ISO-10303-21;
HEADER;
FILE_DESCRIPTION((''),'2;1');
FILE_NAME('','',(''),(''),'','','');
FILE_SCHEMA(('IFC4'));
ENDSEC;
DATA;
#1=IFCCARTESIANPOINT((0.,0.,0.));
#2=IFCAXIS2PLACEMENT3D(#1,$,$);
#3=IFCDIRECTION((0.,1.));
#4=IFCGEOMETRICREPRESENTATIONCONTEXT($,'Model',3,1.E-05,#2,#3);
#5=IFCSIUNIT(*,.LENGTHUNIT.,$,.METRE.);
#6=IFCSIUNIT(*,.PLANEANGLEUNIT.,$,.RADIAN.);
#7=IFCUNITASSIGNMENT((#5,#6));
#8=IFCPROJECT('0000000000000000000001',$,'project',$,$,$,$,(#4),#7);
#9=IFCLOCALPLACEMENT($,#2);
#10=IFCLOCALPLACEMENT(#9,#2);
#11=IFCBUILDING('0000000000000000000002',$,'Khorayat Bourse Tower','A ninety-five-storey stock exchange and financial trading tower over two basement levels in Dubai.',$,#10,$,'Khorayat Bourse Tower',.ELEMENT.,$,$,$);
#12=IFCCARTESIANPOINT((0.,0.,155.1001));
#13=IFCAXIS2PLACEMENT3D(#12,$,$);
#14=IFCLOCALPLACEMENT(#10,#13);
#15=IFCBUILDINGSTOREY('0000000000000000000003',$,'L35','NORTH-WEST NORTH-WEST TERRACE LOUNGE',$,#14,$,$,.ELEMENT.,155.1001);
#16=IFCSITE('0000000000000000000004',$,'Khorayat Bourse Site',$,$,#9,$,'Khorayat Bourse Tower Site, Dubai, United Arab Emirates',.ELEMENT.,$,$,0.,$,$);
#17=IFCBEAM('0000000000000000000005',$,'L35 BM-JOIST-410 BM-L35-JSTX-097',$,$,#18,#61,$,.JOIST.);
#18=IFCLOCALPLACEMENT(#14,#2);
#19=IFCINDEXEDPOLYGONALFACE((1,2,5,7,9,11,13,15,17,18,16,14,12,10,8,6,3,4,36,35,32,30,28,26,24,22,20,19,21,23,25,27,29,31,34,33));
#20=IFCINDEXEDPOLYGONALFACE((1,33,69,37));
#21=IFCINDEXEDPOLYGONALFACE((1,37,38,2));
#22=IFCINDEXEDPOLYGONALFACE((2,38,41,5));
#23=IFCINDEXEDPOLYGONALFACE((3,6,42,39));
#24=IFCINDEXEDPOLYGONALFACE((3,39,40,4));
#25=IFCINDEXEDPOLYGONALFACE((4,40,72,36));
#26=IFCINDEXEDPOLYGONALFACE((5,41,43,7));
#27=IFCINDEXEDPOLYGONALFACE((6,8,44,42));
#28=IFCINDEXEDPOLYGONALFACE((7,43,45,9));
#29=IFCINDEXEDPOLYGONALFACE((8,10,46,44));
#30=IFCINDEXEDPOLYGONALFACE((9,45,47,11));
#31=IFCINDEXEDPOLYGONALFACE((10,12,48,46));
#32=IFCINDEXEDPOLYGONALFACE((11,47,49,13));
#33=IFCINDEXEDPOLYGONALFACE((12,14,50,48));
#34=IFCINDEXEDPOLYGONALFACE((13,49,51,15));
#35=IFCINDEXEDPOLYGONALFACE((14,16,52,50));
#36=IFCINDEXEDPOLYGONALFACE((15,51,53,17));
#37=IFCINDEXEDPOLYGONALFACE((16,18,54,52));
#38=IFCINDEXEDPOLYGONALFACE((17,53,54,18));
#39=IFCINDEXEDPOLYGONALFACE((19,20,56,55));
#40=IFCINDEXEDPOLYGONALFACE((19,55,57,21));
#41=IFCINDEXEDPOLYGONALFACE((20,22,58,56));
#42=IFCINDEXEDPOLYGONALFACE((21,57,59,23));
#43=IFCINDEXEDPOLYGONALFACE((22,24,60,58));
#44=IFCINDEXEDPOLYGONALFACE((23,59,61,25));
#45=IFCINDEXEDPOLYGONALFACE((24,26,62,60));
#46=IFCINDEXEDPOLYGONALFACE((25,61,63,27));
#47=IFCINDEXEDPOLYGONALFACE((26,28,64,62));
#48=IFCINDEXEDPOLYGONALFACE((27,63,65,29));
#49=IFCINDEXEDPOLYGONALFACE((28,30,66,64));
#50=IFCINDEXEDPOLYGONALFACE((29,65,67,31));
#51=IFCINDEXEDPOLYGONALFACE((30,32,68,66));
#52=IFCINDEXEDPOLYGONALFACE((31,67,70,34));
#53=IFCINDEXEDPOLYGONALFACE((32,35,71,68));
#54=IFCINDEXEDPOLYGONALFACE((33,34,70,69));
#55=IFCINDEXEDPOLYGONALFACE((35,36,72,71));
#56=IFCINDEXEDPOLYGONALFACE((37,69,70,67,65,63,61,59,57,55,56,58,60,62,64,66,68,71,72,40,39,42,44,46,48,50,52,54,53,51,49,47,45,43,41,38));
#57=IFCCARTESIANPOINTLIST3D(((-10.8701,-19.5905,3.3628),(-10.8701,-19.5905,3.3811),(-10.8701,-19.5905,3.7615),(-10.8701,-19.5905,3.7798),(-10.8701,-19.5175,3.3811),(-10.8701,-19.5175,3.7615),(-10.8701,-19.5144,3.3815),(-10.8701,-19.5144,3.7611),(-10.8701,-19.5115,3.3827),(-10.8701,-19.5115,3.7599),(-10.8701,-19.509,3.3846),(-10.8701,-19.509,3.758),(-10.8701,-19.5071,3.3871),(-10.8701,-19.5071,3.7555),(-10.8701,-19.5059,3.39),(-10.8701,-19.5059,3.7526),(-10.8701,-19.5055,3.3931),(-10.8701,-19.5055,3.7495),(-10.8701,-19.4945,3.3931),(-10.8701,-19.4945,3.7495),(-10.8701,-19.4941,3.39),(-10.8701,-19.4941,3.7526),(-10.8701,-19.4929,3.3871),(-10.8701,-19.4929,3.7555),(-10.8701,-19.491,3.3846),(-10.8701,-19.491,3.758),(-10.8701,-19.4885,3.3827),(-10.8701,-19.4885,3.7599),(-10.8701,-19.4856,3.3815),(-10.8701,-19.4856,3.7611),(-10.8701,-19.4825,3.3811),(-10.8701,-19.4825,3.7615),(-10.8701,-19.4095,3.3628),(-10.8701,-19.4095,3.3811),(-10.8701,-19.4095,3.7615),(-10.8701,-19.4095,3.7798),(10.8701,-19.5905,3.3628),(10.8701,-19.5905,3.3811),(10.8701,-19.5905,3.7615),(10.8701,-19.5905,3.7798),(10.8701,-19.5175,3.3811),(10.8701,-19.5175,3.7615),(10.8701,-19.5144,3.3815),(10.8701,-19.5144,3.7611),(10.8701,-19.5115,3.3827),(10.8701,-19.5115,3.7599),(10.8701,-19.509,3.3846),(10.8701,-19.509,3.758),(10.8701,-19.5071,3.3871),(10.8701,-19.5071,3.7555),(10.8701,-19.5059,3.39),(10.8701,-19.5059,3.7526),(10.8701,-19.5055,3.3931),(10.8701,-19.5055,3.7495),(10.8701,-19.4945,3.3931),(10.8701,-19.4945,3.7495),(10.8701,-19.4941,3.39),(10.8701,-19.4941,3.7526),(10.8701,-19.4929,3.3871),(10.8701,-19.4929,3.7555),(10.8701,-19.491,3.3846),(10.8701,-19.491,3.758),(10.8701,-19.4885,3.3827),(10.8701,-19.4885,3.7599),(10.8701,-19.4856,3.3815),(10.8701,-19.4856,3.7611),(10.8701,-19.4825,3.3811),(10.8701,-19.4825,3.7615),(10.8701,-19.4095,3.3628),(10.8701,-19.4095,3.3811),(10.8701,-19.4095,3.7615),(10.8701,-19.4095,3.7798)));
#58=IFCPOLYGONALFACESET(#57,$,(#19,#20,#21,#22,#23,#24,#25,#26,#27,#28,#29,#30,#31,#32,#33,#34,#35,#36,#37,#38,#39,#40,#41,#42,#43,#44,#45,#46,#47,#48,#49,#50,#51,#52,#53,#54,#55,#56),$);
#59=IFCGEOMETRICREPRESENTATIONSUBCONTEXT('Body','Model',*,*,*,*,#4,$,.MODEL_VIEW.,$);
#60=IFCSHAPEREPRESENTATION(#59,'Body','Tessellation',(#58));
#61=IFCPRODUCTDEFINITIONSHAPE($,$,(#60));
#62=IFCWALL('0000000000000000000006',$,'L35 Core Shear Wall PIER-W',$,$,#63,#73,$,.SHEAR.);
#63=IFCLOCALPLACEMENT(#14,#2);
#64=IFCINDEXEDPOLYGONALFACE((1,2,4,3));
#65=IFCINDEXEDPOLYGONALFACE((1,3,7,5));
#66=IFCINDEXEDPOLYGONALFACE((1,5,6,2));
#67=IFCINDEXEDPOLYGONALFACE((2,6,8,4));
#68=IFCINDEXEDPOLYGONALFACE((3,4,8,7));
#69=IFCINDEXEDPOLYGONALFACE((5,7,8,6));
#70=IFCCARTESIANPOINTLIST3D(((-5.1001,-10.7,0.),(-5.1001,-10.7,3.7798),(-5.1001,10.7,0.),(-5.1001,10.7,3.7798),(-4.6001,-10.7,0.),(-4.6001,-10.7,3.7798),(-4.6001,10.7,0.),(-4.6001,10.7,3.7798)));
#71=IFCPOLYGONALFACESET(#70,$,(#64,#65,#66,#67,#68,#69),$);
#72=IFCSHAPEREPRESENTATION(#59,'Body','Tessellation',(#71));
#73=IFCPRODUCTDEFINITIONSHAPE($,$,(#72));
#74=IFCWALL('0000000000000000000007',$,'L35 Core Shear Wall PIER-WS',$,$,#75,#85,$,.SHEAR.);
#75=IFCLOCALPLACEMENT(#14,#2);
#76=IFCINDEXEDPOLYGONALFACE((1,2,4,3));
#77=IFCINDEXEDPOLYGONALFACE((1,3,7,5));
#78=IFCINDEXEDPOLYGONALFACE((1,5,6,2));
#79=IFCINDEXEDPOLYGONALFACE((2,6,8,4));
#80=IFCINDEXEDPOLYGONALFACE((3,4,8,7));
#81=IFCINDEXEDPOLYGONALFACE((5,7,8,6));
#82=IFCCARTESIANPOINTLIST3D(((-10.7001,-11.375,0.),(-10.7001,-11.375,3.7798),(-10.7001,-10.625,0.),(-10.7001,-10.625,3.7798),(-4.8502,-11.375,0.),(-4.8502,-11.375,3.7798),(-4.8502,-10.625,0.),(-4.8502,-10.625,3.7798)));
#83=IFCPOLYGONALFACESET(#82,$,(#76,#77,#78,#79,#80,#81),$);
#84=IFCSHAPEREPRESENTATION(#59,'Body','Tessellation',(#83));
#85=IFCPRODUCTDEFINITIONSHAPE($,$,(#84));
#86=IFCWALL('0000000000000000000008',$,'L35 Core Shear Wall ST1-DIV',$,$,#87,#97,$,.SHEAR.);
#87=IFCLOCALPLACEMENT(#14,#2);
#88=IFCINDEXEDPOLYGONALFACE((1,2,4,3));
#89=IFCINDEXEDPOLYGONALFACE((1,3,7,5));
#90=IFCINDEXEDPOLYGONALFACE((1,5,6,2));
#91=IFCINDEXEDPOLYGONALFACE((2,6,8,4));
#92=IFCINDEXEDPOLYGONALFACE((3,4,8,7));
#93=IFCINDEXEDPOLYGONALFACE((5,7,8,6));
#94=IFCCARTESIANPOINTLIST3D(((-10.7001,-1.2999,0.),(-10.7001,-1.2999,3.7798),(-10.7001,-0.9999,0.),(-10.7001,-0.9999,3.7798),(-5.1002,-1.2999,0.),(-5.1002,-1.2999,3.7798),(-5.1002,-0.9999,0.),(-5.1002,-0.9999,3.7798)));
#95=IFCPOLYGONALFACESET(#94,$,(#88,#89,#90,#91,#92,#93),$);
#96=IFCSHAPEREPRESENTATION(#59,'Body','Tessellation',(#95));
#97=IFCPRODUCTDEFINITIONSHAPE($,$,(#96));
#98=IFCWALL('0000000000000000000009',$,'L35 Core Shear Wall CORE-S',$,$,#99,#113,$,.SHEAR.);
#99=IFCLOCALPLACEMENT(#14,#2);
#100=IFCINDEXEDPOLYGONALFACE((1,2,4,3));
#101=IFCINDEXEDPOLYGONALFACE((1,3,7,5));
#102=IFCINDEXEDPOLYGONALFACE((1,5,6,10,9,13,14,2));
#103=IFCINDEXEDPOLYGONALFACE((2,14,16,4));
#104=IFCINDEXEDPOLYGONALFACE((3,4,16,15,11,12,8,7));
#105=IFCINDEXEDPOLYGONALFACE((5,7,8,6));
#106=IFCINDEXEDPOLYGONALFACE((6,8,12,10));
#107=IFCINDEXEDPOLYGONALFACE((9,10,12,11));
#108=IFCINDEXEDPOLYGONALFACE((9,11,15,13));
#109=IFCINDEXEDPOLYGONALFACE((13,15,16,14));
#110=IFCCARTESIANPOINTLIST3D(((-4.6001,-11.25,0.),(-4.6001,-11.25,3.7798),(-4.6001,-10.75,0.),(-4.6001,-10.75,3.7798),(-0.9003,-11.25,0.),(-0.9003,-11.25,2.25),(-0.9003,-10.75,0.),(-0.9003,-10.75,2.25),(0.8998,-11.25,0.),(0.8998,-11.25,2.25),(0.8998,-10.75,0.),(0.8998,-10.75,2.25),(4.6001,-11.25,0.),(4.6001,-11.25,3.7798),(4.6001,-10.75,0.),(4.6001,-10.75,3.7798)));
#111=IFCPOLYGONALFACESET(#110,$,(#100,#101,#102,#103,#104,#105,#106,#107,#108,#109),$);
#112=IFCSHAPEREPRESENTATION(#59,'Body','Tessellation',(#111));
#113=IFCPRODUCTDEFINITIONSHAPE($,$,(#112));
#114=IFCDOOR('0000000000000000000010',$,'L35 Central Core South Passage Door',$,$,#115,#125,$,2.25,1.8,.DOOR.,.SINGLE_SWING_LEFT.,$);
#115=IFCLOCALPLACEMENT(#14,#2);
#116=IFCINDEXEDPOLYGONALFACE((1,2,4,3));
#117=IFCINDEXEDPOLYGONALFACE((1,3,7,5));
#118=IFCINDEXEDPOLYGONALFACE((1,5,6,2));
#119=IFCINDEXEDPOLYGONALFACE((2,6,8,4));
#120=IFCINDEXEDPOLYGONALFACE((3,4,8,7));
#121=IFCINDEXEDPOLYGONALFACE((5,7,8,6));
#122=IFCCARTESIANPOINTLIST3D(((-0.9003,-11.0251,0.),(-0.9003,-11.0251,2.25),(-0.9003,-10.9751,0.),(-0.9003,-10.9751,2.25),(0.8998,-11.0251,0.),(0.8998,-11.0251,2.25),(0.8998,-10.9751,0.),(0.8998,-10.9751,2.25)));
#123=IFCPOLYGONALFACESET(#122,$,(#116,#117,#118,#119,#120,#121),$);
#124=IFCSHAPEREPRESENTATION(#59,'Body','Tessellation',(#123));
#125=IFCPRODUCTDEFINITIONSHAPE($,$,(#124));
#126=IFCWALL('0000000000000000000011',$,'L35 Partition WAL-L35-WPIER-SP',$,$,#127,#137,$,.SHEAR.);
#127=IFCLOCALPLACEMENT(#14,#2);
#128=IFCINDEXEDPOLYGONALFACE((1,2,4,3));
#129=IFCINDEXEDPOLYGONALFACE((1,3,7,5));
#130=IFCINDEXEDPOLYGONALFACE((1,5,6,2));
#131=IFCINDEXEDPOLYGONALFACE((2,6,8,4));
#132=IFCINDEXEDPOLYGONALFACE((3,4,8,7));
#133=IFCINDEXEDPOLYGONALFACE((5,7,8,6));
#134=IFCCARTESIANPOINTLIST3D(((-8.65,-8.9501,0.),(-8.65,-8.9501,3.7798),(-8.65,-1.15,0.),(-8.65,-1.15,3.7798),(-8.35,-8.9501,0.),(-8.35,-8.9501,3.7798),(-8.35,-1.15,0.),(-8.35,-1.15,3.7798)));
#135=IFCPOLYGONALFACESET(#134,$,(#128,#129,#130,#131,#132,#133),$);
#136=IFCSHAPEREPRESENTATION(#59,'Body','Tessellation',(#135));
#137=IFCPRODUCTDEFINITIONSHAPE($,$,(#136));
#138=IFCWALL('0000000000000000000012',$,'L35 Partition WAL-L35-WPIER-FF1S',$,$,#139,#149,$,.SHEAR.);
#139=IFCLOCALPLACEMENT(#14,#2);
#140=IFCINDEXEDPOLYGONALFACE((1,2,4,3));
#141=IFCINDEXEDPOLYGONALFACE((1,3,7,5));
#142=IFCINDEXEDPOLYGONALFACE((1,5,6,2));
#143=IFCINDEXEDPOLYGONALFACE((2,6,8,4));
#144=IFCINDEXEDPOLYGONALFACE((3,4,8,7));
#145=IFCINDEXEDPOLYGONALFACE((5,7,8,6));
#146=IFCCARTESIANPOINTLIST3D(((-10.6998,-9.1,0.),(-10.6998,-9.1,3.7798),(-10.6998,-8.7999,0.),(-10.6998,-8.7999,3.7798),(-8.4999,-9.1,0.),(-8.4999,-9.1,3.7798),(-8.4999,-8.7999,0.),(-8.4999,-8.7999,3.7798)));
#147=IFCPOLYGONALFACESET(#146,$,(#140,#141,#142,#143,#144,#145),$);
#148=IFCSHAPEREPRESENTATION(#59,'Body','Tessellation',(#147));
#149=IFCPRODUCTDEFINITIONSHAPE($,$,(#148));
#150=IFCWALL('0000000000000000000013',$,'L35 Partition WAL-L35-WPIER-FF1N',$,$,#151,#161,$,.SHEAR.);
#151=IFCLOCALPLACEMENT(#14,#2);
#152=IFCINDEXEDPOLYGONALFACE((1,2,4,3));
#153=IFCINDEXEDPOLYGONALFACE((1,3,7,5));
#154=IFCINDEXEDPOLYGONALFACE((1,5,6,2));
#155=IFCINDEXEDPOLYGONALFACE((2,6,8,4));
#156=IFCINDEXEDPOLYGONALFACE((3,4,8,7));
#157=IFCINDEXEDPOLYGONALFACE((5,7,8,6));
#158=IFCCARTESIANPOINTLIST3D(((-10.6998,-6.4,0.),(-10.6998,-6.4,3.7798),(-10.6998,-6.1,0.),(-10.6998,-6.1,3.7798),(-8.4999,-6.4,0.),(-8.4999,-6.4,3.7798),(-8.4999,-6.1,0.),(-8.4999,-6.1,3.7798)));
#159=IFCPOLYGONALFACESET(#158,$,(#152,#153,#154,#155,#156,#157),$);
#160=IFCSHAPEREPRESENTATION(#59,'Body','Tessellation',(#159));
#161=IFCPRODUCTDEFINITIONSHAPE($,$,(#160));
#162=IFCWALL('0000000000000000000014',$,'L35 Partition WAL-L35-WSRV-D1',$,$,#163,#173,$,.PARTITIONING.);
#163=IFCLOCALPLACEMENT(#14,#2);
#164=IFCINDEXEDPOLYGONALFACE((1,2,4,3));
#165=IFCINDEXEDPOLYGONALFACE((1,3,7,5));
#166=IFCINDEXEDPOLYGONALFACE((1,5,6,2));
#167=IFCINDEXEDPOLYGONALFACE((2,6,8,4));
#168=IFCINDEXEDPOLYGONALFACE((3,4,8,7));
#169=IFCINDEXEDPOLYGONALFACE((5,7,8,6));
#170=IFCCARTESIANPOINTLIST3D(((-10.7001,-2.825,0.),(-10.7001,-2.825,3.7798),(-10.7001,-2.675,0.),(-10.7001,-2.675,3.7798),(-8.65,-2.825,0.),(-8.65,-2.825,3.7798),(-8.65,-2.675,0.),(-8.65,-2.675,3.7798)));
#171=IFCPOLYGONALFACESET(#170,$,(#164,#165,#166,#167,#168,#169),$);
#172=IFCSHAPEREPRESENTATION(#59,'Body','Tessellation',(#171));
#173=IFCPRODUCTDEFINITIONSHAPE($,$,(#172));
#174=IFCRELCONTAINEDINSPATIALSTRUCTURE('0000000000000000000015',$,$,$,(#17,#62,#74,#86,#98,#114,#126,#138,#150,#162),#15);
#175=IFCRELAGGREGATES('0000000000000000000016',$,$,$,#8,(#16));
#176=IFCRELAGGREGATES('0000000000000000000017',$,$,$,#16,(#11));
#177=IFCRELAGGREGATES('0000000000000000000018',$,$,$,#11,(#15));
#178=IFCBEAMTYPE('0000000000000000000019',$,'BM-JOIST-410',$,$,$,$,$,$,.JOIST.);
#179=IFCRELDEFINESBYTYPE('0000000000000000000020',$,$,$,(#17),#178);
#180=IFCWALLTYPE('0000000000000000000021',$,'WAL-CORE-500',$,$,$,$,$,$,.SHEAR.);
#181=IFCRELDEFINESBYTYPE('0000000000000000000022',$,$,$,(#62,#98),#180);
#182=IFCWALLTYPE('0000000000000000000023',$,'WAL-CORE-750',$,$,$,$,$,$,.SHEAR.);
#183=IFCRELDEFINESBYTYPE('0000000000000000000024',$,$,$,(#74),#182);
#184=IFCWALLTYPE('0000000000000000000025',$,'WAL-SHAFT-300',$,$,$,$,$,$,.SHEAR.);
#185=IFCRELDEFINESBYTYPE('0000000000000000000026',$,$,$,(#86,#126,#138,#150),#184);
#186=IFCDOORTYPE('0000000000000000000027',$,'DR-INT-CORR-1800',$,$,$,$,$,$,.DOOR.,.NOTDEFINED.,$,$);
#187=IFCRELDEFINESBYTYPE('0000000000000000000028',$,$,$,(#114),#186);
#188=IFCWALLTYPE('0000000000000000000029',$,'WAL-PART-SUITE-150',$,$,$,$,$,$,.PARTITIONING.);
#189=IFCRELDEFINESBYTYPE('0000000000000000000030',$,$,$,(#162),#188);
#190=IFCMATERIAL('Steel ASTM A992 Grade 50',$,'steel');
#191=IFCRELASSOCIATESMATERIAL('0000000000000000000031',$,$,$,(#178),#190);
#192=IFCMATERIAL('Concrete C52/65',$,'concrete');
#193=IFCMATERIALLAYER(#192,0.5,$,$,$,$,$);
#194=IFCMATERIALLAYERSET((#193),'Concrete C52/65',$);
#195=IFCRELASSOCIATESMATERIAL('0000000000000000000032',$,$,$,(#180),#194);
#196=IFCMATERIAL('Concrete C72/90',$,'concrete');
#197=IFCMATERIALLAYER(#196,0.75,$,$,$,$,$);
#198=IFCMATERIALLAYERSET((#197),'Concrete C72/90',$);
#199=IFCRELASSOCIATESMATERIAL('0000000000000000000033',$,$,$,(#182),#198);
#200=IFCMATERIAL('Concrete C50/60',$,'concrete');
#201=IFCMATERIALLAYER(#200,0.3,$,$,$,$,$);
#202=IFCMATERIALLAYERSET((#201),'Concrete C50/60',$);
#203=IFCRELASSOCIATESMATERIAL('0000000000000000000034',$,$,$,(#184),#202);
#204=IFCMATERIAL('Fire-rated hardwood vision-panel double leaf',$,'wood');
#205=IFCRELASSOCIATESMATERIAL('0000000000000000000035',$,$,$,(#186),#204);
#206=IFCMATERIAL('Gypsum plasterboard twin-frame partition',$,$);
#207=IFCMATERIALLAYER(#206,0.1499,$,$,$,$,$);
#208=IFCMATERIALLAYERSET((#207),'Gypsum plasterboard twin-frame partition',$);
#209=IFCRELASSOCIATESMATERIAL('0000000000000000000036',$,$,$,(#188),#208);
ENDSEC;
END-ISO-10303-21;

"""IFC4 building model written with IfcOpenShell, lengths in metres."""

from ifc_helpers import new_model, si_unit, direction, frame, frame_2d, origin, origin_2d, place, context, subcontext, project, spatial, rectangle, i_section, extrude, source, transform, mapped, material, layer, layer_set, material_profile, profile_set, type_object, element, fill, save


model = new_model("IFC4")

# Units and contexts
model_context = context("Model", 3, precision=1e-05, world=origin(), true_north=direction((0.0, 1.0)))
body_context = subcontext(model_context, "Body", "Model", "MODEL_VIEW")
ifc_project = project(units=[si_unit("LENGTHUNIT", "METRE"), si_unit("PLANEANGLEUNIT", "RADIAN")], contexts=[model_context])

# Site, building, storey
site_placement = place(None, origin())
site = spatial("IfcSite", under=ifc_project, at=site_placement, Name="Khorayat Bourse Site", LongName="Khorayat Bourse Tower Site, Dubai, United Arab Emirates", CompositionType="ELEMENT", RefElevation=0.0)
building_placement = place(site_placement, origin())
building = spatial("IfcBuilding", under=site, at=building_placement, Name="Khorayat Bourse Tower", Description="A ninety-five-storey stock exchange and financial trading tower over two basement levels in Dubai.", LongName="Khorayat Bourse Tower", CompositionType="ELEMENT")
storey_placement = place(building_placement, frame((0.0, 0.0, 155.1001)))
storey = spatial("IfcBuildingStorey", under=building, at=storey_placement, Name="L35", Description="NORTH-WEST NORTH-WEST TERRACE LOUNGE", CompositionType="ELEMENT", Elevation=155.1001)

# Beam
ifc_material_1 = material(Name="Concrete C72/90", Category="concrete")
ifc_material_2 = material(Name="Steel ASTM A992 Grade 50", Category="steel")
ifc_material_profile_1 = material_profile(ifc_material_2, i_section(OverallWidth=0.1809, OverallDepth=0.417, WebThickness=0.011, FlangeThickness=0.0183, FilletRadius=0.012, at=origin_2d()), Name="W410X85")
ifc_profile_set_1 = profile_set([ifc_material_profile_1], Name="Steel ASTM A992 Grade 50")
beam_type_1 = type_object("IfcBeamType", Name="BM-JOIST-410", PredefinedType="JOIST", material=ifc_profile_set_1)
shared_shape_1 = source(origin(), body_context, "Body", "SweptSolid", [
    extrude(i_section(OverallWidth=0.1809, OverallDepth=0.417, WebThickness=0.011, FlangeThickness=0.0183, FilletRadius=0.012, at=origin_2d()), origin(), (0.0, 0.0, 1.0), 21.7402),
])
beam_1_placement = place(storey_placement, frame((-10.8701, -19.5, 3.5713), z_axis=(1.0, 0.0, 0.0), x_axis=(0.0, 1.0, 0.0)))
element("IfcBeam", 1, at=beam_1_placement, inside=storey, type_object=beam_type_1, Name="L35 BM-JOIST-410 BM-L35-JSTX-097", PredefinedType="JOIST", context=body_context, shape_type="MappedRepresentation", body=[
    mapped(shared_shape_1, transform((0.0, 0.0, 0.0), scale=1.0)),
])

# Walls
ifc_material_3 = material(Name="Concrete C52/65", Category="concrete")
ifc_layer_1 = layer(ifc_material_3, 0.5)
ifc_layer_set_1 = layer_set([ifc_layer_1], Name="Concrete C52/65")
wall_type_1 = type_object("IfcWallType", Name="WAL-CORE-500", PredefinedType="SHEAR", material=ifc_layer_set_1)
shared_shape_2 = source(origin(), body_context, "Body", "SweptSolid", [
    extrude(rectangle(XDim=21.3999, YDim=0.5, at=frame_2d((10.7, 0.0))), origin(), (0.0, 0.0, 1.0), 3.7798),
])
wall_1_placement = place(storey_placement, frame((-4.8501, -10.7, 0.0), z_axis=(0.0, 0.0, 1.0), x_axis=(0.0, 1.0, 0.0)))
element("IfcWall", 2, at=wall_1_placement, inside=storey, type_object=wall_type_1, Name="L35 Core Shear Wall PIER-W", PredefinedType="SHEAR", context=body_context, shape_type="MappedRepresentation", body=[
    mapped(shared_shape_2, transform((0.0, 0.0, 0.0), scale=1.0)),
])
ifc_layer_2 = layer(ifc_material_1, 0.75)
ifc_layer_set_2 = layer_set([ifc_layer_2], Name="Concrete C72/90")
wall_type_2 = type_object("IfcWallType", Name="WAL-CORE-750", PredefinedType="SHEAR", material=ifc_layer_set_2)
shared_shape_3 = source(origin(), body_context, "Body", "SweptSolid", [
    extrude(rectangle(XDim=5.8499, YDim=0.75, at=frame_2d((2.9248, 0.0))), origin(), (0.0, 0.0, 1.0), 3.7798),
])
wall_2_placement = place(storey_placement, frame((-10.7, -11.0, 0.0), z_axis=(0.0, 0.0, 1.0), x_axis=(1.0, 0.0, 0.0)))
element("IfcWall", 3, at=wall_2_placement, inside=storey, type_object=wall_type_2, Name="L35 Core Shear Wall PIER-WS", PredefinedType="SHEAR", context=body_context, shape_type="MappedRepresentation", body=[
    mapped(shared_shape_3, transform((0.0, 0.0, 0.0), scale=1.0)),
])
ifc_material_4 = material(Name="Concrete C50/60", Category="concrete")
ifc_layer_3 = layer(ifc_material_4, 0.3)
ifc_layer_set_3 = layer_set([ifc_layer_3], Name="Concrete C50/60")
wall_type_3 = type_object("IfcWallType", Name="WAL-SHAFT-300", PredefinedType="SHEAR", material=ifc_layer_set_3)
shared_shape_4 = source(origin(), body_context, "Body", "SweptSolid", [
    extrude(rectangle(XDim=5.5999, YDim=0.3, at=frame_2d((2.7998, 0.0))), origin(), (0.0, 0.0, 1.0), 3.7798),
])
wall_3_placement = place(storey_placement, frame((-10.7, -1.1499, 0.0), z_axis=(0.0, 0.0, 1.0), x_axis=(1.0, 0.0, 0.0)))
element("IfcWall", 4, at=wall_3_placement, inside=storey, type_object=wall_type_3, Name="L35 Core Shear Wall ST1-DIV", PredefinedType="SHEAR", context=body_context, shape_type="MappedRepresentation", body=[
    mapped(shared_shape_4, transform((0.0, 0.0, 0.0), scale=1.0)),
])

# Wall, opening, door
shared_shape_5 = source(origin(), body_context, "Body", "SweptSolid", [
    extrude(rectangle(XDim=9.2002, YDim=0.5, at=frame_2d((4.6001, 0.0))), origin(), (0.0, 0.0, 1.0), 3.7798),
])
wall_4_placement = place(storey_placement, frame((-4.6001, -11.0, 0.0), z_axis=(0.0, 0.0, 1.0), x_axis=(1.0, 0.0, 0.0)))
wall_4 = element("IfcWall", 5, at=wall_4_placement, inside=storey, type_object=wall_type_1, Name="L35 Core Shear Wall CORE-S", PredefinedType="SHEAR", context=body_context, shape_type="MappedRepresentation", body=[
    mapped(shared_shape_5, transform((0.0, 0.0, 0.0), scale=1.0)),
])
shared_shape_6 = source(origin(), body_context, "Body", "SweptSolid", [
    extrude(rectangle(XDim=1.8, YDim=2.25, at=frame_2d((0.8999, 1.125))), frame((0.0, 0.26, 0.0), z_axis=(0.0, -1.0, 0.0), x_axis=(1.0, 0.0, 0.0)), (0.0, 0.0, 1.0), 0.52),
])
opening_placement = place(wall_4_placement, frame((3.7, 0.0, 0.0)))
opening = element("IfcOpeningElement", 6, at=opening_placement, cuts=wall_4, PredefinedType="OPENING", context=body_context, shape_type="MappedRepresentation", body=[
    mapped(shared_shape_6, transform((0.0, 0.0, 0.0), scale=1.0)),
])
ifc_material_5 = material(Name="Fire-rated hardwood vision-panel double leaf", Category="wood")
door_type = type_object("IfcDoorType", Name="DR-INT-CORR-1800", OperationType="NOTDEFINED", PredefinedType="DOOR", material=ifc_material_5)
shared_shape_7 = source(origin(), body_context, "Body", "SweptSolid", [
    extrude(rectangle(XDim=1.8, YDim=2.25, at=frame_2d((0.8999, 1.125))), frame((0.0, 0.0249, 0.0), z_axis=(0.0, -1.0, 0.0), x_axis=(1.0, 0.0, 0.0)), (0.0, 0.0, 1.0), 0.05),
])
door_placement = place(opening_placement, origin())
door = element("IfcDoor", 7, at=door_placement, inside=storey, type_object=door_type, Name="L35 Central Core South Passage Door", OperationType="SINGLE_SWING_LEFT", OverallHeight=2.25, OverallWidth=1.8, PredefinedType="DOOR", context=body_context, shape_type="MappedRepresentation", body=[
    mapped(shared_shape_7, transform((0.0, 0.0, 0.0), scale=1.0)),
])
fill(opening, door)

# Walls
shared_shape_8 = source(origin(), body_context, "Body", "SweptSolid", [
    extrude(rectangle(XDim=7.8, YDim=0.3, at=frame_2d((3.8999, 0.0))), origin(), (0.0, 0.0, 1.0), 3.7798),
])
wall_5_placement = place(storey_placement, frame((-8.5, -8.95, 0.0), z_axis=(0.0, 0.0, 1.0), x_axis=(0.0, 1.0, 0.0)))
element("IfcWall", 8, at=wall_5_placement, inside=storey, type_object=wall_type_3, Name="L35 Partition WAL-L35-WPIER-SP", PredefinedType="SHEAR", context=body_context, shape_type="MappedRepresentation", body=[
    mapped(shared_shape_8, transform((0.0, 0.0, 0.0), scale=1.0)),
])
shared_shape_9 = source(origin(), body_context, "Body", "SweptSolid", [
    extrude(rectangle(XDim=2.2, YDim=0.3, at=frame_2d((1.1001, 0.0))), origin(), (0.0, 0.0, 1.0), 3.7798),
])
for number, where, z_axis, x_axis, name in (
    (9, (-10.7, -8.95, 0.0), (0.0, 0.0, 1.0), (1.0, 0.0, 0.0), "L35 Partition WAL-L35-WPIER-FF1S"),
    (10, (-10.7, -6.25, 0.0), (0.0, 0.0, 1.0), (1.0, 0.0, 0.0), "L35 Partition WAL-L35-WPIER-FF1N"),
):
    element("IfcWall", number, at=place(storey_placement, frame(where, z_axis=z_axis, x_axis=x_axis)), inside=storey, type_object=wall_type_3, Name=name, PredefinedType="SHEAR", context=body_context, shape_type="MappedRepresentation", body=[
        mapped(shared_shape_9, transform((0.0, 0.0, 0.0), scale=1.0)),
    ])
ifc_material_6 = material(Name="Gypsum plasterboard twin-frame partition")
ifc_layer_4 = layer(ifc_material_6, 0.1499)
ifc_layer_set_4 = layer_set([ifc_layer_4], Name="Gypsum plasterboard twin-frame partition")
wall_type_4 = type_object("IfcWallType", Name="WAL-PART-SUITE-150", PredefinedType="PARTITIONING", material=ifc_layer_set_4)
shared_shape_10 = source(origin(), body_context, "Body", "SweptSolid", [
    extrude(rectangle(XDim=2.05, YDim=0.1499, at=frame_2d((1.0249, 0.0))), origin(), (0.0, 0.0, 1.0), 3.7798),
])
wall_6_placement = place(storey_placement, frame((-10.7, -2.75, 0.0), z_axis=(0.0, 0.0, 1.0), x_axis=(1.0, 0.0, 0.0)))
element("IfcWall", 11, at=wall_6_placement, inside=storey, type_object=wall_type_4, Name="L35 Partition WAL-L35-WSRV-D1", PredefinedType="PARTITIONING", context=body_context, shape_type="MappedRepresentation", body=[
    mapped(shared_shape_10, transform((0.0, 0.0, 0.0), scale=1.0)),
])

save(model, "model.ifc")
